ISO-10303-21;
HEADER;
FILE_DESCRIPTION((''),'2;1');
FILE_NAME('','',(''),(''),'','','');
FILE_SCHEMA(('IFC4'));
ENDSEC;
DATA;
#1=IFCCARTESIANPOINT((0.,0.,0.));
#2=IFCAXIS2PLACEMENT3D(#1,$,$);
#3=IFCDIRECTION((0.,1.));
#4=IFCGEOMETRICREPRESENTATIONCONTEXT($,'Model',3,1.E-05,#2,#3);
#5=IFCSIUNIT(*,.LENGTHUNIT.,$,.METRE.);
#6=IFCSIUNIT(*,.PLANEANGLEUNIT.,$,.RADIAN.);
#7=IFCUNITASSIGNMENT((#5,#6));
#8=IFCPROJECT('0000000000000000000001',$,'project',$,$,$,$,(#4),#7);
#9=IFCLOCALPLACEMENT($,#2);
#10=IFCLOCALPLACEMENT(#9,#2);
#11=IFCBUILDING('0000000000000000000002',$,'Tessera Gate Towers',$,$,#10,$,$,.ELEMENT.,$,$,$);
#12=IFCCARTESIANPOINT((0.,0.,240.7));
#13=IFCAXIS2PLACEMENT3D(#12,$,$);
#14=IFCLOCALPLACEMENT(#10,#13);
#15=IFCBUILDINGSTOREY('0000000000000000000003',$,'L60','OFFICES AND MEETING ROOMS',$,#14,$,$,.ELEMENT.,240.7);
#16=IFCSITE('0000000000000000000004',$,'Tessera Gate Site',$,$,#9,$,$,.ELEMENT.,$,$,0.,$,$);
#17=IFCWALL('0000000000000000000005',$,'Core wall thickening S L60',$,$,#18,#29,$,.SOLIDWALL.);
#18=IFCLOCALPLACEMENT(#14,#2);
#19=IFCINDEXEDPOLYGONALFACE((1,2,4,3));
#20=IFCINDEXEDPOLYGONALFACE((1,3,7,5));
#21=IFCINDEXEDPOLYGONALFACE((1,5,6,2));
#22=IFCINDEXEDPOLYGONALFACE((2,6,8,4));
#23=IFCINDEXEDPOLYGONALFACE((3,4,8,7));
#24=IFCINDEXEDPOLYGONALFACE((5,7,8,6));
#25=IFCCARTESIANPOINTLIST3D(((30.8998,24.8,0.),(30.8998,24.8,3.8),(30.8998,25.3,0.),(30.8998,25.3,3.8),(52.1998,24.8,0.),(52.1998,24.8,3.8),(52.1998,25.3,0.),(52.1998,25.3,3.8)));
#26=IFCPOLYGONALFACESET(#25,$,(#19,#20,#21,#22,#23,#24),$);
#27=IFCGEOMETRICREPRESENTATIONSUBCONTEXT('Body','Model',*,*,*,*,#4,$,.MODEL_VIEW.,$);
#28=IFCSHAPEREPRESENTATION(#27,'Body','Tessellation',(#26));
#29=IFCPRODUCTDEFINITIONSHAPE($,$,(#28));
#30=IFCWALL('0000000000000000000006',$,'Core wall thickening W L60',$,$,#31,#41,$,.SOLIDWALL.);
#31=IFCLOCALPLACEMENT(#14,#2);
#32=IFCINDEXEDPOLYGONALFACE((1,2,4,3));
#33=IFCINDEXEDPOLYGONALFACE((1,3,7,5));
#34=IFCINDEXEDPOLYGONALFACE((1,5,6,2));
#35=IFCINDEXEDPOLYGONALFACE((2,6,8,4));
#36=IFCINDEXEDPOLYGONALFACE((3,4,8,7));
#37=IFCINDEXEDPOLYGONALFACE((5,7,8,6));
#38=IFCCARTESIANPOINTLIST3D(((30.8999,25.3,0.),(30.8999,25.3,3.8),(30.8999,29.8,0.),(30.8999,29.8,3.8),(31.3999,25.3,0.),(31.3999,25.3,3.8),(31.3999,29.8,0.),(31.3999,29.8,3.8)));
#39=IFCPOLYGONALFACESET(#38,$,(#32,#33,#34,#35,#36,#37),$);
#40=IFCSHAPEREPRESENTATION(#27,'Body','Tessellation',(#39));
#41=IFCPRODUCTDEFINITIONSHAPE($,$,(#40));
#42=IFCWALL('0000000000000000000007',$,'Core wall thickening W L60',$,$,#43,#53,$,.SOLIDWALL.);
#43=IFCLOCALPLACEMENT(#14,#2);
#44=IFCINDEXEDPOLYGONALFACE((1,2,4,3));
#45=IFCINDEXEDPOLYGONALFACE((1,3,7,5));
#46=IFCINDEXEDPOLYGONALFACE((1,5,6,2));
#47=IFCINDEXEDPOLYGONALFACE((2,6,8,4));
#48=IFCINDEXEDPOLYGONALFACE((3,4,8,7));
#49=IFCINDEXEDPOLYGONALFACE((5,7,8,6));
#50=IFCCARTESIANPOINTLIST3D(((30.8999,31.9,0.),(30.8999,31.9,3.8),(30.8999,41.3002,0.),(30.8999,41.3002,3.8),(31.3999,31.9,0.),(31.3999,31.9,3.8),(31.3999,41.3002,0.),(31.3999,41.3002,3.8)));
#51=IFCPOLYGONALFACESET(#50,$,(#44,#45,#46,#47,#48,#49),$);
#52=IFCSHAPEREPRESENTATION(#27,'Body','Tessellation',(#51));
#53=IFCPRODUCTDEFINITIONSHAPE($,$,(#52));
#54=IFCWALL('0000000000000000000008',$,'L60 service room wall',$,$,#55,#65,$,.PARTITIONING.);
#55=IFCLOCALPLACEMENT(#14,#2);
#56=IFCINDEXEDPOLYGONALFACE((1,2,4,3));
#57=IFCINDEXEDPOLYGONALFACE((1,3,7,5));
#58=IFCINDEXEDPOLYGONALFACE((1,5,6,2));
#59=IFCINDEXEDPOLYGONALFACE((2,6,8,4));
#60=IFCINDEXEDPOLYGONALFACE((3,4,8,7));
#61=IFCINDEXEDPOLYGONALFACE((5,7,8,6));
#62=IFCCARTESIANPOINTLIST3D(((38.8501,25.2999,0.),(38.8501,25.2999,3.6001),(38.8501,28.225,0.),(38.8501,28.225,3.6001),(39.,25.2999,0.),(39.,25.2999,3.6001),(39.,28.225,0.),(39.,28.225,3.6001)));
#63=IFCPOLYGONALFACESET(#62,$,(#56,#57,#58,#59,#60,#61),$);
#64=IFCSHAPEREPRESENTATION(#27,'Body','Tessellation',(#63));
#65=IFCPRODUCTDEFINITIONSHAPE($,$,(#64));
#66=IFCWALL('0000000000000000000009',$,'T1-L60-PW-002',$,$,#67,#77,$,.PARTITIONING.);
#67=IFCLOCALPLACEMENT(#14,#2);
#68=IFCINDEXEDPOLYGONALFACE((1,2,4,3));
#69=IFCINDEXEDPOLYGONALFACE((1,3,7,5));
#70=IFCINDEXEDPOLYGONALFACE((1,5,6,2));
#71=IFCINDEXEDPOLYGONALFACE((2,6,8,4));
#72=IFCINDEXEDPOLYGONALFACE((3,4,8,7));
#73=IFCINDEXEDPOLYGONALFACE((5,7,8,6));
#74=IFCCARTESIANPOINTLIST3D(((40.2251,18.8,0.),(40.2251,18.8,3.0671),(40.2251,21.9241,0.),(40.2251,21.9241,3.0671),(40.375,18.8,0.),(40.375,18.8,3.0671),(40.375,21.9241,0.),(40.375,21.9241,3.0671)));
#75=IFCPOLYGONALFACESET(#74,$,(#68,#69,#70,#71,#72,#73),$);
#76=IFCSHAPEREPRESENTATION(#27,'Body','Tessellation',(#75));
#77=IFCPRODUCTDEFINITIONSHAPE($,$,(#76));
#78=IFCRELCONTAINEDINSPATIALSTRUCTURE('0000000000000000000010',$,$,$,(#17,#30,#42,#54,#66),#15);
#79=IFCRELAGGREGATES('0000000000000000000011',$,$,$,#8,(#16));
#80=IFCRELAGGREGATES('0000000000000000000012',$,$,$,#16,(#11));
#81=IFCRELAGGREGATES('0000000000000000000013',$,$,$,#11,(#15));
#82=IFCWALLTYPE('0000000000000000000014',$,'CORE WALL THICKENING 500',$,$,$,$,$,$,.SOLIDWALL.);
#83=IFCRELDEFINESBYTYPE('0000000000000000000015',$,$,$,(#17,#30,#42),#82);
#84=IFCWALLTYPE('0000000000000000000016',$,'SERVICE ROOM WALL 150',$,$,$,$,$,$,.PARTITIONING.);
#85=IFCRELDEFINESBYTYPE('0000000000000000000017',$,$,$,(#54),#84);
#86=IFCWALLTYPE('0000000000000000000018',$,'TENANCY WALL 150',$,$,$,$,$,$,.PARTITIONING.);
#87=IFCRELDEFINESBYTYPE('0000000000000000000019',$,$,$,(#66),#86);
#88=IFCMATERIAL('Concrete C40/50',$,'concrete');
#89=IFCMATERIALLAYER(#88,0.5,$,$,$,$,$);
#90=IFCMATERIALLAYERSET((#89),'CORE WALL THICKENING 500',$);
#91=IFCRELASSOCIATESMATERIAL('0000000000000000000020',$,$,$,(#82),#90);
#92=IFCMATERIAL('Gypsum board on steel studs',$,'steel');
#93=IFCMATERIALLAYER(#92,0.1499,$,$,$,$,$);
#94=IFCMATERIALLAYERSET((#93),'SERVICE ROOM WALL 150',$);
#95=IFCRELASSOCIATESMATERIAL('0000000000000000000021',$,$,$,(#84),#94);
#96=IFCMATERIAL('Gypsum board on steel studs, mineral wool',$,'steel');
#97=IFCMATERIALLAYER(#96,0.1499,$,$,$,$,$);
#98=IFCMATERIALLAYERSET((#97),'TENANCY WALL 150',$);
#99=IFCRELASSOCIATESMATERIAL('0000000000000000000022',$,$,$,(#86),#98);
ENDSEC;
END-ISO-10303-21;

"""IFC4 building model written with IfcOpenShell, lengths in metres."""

from ifc_helpers import new_model, si_unit, direction, frame, frame_2d, origin, place, context, subcontext, project, spatial, rectangle, extrude, material, layer, layer_set, type_object, element, save


model = new_model("IFC4")

# Units and contexts
model_context = context("Model", 3, precision=1e-05, world=origin(), true_north=direction((0.0, 1.0)))
body_context = subcontext(model_context, "Body", "Model", "MODEL_VIEW")
ifc_project = project(units=[si_unit("LENGTHUNIT", "METRE"), si_unit("PLANEANGLEUNIT", "RADIAN")], contexts=[model_context])

# Site, building, storey
site_placement = place(None, origin())
site = spatial("IfcSite", under=ifc_project, at=site_placement, Name="Tessera Gate Site", CompositionType="ELEMENT", RefElevation=0.0)
building_placement = place(site_placement, origin())
building = spatial("IfcBuilding", under=site, at=building_placement, Name="Tessera Gate Towers", CompositionType="ELEMENT")
storey_placement = place(building_placement, frame((0.0, 0.0, 240.7)))
storey = spatial("IfcBuildingStorey", under=building, at=storey_placement, Name="L60", Description="OFFICES AND MEETING ROOMS", CompositionType="ELEMENT", Elevation=240.7)

# Walls
ifc_material_1 = material(Name="Concrete C40/50", Category="concrete")
ifc_layer_1 = layer(ifc_material_1, 0.5)
ifc_layer_set_1 = layer_set([ifc_layer_1], Name="CORE WALL THICKENING 500")
wall_type_1 = type_object("IfcWallType", Name="CORE WALL THICKENING 500", PredefinedType="SOLIDWALL", material=ifc_layer_set_1)
wall_1_placement = place(storey_placement, frame((30.8999, 25.05, 0.0), z_axis=(0.0, 0.0, 1.0), x_axis=(1.0, 0.0, 0.0)))
element("IfcWall", 1, at=wall_1_placement, inside=storey, type_object=wall_type_1, Name="Core wall thickening S L60", PredefinedType="SOLIDWALL", context=body_context, shape_type="SweptSolid", body=[
    extrude(rectangle(XDim=21.3, YDim=0.5, at=frame_2d((10.6499, 0.0))), origin(), (0.0, 0.0, 1.0), 3.8),
])
wall_2_placement = place(storey_placement, frame((31.1499, 25.3, 0.0), z_axis=(0.0, 0.0, 1.0), x_axis=(0.0, 1.0, 0.0)))
element("IfcWall", 2, at=wall_2_placement, inside=storey, type_object=wall_type_1, Name="Core wall thickening W L60", PredefinedType="SOLIDWALL", context=body_context, shape_type="SweptSolid", body=[
    extrude(rectangle(XDim=4.5, YDim=0.5, at=frame_2d((2.25, 0.0))), origin(), (0.0, 0.0, 1.0), 3.8),
])
wall_3_placement = place(storey_placement, frame((31.1499, 31.8999, 0.0), z_axis=(0.0, 0.0, 1.0), x_axis=(0.0, 1.0, 0.0)))
element("IfcWall", 3, at=wall_3_placement, inside=storey, type_object=wall_type_1, Name="Core wall thickening W L60", PredefinedType="SOLIDWALL", context=body_context, shape_type="SweptSolid", body=[
    extrude(rectangle(XDim=9.4001, YDim=0.5, at=frame_2d((4.7002, 0.0))), origin(), (0.0, 0.0, 1.0), 3.8),
])
ifc_material_2 = material(Name="Gypsum board on steel studs", Category="steel")
ifc_layer_2 = layer(ifc_material_2, 0.1499)
ifc_layer_set_2 = layer_set([ifc_layer_2], Name="SERVICE ROOM WALL 150")
wall_type_2 = type_object("IfcWallType", Name="SERVICE ROOM WALL 150", PredefinedType="PARTITIONING", material=ifc_layer_set_2)
wall_4_placement = place(storey_placement, frame((38.925, 25.3, 0.0), z_axis=(0.0, 0.0, 1.0), x_axis=(0.0, 1.0, 0.0)))
element("IfcWall", 4, at=wall_4_placement, inside=storey, type_object=wall_type_2, Name="L60 service room wall", PredefinedType="PARTITIONING", context=body_context, shape_type="SweptSolid", body=[
    extrude(rectangle(XDim=2.925, YDim=0.1499, at=frame_2d((1.4624, 0.0))), origin(), (0.0, 0.0, 1.0), 3.6001),
])
ifc_material_3 = material(Name="Gypsum board on steel studs, mineral wool", Category="steel")
ifc_layer_3 = layer(ifc_material_3, 0.1499)
ifc_layer_set_3 = layer_set([ifc_layer_3], Name="TENANCY WALL 150")
wall_type_3 = type_object("IfcWallType", Name="TENANCY WALL 150", PredefinedType="PARTITIONING", material=ifc_layer_set_3)
wall_5_placement = place(storey_placement, frame((40.3, 18.8, 0.0), z_axis=(0.0, 0.0, 1.0), x_axis=(0.0, 1.0, 0.0)))
element("IfcWall", 5, at=wall_5_placement, inside=storey, type_object=wall_type_3, Name="T1-L60-PW-002", PredefinedType="PARTITIONING", context=body_context, shape_type="SweptSolid", body=[
    extrude(rectangle(XDim=3.124, YDim=0.1499, at=frame_2d((1.562, 0.0))), origin(), (0.0, 0.0, 1.0), 3.0671),
])

save(model, "model.ifc")
